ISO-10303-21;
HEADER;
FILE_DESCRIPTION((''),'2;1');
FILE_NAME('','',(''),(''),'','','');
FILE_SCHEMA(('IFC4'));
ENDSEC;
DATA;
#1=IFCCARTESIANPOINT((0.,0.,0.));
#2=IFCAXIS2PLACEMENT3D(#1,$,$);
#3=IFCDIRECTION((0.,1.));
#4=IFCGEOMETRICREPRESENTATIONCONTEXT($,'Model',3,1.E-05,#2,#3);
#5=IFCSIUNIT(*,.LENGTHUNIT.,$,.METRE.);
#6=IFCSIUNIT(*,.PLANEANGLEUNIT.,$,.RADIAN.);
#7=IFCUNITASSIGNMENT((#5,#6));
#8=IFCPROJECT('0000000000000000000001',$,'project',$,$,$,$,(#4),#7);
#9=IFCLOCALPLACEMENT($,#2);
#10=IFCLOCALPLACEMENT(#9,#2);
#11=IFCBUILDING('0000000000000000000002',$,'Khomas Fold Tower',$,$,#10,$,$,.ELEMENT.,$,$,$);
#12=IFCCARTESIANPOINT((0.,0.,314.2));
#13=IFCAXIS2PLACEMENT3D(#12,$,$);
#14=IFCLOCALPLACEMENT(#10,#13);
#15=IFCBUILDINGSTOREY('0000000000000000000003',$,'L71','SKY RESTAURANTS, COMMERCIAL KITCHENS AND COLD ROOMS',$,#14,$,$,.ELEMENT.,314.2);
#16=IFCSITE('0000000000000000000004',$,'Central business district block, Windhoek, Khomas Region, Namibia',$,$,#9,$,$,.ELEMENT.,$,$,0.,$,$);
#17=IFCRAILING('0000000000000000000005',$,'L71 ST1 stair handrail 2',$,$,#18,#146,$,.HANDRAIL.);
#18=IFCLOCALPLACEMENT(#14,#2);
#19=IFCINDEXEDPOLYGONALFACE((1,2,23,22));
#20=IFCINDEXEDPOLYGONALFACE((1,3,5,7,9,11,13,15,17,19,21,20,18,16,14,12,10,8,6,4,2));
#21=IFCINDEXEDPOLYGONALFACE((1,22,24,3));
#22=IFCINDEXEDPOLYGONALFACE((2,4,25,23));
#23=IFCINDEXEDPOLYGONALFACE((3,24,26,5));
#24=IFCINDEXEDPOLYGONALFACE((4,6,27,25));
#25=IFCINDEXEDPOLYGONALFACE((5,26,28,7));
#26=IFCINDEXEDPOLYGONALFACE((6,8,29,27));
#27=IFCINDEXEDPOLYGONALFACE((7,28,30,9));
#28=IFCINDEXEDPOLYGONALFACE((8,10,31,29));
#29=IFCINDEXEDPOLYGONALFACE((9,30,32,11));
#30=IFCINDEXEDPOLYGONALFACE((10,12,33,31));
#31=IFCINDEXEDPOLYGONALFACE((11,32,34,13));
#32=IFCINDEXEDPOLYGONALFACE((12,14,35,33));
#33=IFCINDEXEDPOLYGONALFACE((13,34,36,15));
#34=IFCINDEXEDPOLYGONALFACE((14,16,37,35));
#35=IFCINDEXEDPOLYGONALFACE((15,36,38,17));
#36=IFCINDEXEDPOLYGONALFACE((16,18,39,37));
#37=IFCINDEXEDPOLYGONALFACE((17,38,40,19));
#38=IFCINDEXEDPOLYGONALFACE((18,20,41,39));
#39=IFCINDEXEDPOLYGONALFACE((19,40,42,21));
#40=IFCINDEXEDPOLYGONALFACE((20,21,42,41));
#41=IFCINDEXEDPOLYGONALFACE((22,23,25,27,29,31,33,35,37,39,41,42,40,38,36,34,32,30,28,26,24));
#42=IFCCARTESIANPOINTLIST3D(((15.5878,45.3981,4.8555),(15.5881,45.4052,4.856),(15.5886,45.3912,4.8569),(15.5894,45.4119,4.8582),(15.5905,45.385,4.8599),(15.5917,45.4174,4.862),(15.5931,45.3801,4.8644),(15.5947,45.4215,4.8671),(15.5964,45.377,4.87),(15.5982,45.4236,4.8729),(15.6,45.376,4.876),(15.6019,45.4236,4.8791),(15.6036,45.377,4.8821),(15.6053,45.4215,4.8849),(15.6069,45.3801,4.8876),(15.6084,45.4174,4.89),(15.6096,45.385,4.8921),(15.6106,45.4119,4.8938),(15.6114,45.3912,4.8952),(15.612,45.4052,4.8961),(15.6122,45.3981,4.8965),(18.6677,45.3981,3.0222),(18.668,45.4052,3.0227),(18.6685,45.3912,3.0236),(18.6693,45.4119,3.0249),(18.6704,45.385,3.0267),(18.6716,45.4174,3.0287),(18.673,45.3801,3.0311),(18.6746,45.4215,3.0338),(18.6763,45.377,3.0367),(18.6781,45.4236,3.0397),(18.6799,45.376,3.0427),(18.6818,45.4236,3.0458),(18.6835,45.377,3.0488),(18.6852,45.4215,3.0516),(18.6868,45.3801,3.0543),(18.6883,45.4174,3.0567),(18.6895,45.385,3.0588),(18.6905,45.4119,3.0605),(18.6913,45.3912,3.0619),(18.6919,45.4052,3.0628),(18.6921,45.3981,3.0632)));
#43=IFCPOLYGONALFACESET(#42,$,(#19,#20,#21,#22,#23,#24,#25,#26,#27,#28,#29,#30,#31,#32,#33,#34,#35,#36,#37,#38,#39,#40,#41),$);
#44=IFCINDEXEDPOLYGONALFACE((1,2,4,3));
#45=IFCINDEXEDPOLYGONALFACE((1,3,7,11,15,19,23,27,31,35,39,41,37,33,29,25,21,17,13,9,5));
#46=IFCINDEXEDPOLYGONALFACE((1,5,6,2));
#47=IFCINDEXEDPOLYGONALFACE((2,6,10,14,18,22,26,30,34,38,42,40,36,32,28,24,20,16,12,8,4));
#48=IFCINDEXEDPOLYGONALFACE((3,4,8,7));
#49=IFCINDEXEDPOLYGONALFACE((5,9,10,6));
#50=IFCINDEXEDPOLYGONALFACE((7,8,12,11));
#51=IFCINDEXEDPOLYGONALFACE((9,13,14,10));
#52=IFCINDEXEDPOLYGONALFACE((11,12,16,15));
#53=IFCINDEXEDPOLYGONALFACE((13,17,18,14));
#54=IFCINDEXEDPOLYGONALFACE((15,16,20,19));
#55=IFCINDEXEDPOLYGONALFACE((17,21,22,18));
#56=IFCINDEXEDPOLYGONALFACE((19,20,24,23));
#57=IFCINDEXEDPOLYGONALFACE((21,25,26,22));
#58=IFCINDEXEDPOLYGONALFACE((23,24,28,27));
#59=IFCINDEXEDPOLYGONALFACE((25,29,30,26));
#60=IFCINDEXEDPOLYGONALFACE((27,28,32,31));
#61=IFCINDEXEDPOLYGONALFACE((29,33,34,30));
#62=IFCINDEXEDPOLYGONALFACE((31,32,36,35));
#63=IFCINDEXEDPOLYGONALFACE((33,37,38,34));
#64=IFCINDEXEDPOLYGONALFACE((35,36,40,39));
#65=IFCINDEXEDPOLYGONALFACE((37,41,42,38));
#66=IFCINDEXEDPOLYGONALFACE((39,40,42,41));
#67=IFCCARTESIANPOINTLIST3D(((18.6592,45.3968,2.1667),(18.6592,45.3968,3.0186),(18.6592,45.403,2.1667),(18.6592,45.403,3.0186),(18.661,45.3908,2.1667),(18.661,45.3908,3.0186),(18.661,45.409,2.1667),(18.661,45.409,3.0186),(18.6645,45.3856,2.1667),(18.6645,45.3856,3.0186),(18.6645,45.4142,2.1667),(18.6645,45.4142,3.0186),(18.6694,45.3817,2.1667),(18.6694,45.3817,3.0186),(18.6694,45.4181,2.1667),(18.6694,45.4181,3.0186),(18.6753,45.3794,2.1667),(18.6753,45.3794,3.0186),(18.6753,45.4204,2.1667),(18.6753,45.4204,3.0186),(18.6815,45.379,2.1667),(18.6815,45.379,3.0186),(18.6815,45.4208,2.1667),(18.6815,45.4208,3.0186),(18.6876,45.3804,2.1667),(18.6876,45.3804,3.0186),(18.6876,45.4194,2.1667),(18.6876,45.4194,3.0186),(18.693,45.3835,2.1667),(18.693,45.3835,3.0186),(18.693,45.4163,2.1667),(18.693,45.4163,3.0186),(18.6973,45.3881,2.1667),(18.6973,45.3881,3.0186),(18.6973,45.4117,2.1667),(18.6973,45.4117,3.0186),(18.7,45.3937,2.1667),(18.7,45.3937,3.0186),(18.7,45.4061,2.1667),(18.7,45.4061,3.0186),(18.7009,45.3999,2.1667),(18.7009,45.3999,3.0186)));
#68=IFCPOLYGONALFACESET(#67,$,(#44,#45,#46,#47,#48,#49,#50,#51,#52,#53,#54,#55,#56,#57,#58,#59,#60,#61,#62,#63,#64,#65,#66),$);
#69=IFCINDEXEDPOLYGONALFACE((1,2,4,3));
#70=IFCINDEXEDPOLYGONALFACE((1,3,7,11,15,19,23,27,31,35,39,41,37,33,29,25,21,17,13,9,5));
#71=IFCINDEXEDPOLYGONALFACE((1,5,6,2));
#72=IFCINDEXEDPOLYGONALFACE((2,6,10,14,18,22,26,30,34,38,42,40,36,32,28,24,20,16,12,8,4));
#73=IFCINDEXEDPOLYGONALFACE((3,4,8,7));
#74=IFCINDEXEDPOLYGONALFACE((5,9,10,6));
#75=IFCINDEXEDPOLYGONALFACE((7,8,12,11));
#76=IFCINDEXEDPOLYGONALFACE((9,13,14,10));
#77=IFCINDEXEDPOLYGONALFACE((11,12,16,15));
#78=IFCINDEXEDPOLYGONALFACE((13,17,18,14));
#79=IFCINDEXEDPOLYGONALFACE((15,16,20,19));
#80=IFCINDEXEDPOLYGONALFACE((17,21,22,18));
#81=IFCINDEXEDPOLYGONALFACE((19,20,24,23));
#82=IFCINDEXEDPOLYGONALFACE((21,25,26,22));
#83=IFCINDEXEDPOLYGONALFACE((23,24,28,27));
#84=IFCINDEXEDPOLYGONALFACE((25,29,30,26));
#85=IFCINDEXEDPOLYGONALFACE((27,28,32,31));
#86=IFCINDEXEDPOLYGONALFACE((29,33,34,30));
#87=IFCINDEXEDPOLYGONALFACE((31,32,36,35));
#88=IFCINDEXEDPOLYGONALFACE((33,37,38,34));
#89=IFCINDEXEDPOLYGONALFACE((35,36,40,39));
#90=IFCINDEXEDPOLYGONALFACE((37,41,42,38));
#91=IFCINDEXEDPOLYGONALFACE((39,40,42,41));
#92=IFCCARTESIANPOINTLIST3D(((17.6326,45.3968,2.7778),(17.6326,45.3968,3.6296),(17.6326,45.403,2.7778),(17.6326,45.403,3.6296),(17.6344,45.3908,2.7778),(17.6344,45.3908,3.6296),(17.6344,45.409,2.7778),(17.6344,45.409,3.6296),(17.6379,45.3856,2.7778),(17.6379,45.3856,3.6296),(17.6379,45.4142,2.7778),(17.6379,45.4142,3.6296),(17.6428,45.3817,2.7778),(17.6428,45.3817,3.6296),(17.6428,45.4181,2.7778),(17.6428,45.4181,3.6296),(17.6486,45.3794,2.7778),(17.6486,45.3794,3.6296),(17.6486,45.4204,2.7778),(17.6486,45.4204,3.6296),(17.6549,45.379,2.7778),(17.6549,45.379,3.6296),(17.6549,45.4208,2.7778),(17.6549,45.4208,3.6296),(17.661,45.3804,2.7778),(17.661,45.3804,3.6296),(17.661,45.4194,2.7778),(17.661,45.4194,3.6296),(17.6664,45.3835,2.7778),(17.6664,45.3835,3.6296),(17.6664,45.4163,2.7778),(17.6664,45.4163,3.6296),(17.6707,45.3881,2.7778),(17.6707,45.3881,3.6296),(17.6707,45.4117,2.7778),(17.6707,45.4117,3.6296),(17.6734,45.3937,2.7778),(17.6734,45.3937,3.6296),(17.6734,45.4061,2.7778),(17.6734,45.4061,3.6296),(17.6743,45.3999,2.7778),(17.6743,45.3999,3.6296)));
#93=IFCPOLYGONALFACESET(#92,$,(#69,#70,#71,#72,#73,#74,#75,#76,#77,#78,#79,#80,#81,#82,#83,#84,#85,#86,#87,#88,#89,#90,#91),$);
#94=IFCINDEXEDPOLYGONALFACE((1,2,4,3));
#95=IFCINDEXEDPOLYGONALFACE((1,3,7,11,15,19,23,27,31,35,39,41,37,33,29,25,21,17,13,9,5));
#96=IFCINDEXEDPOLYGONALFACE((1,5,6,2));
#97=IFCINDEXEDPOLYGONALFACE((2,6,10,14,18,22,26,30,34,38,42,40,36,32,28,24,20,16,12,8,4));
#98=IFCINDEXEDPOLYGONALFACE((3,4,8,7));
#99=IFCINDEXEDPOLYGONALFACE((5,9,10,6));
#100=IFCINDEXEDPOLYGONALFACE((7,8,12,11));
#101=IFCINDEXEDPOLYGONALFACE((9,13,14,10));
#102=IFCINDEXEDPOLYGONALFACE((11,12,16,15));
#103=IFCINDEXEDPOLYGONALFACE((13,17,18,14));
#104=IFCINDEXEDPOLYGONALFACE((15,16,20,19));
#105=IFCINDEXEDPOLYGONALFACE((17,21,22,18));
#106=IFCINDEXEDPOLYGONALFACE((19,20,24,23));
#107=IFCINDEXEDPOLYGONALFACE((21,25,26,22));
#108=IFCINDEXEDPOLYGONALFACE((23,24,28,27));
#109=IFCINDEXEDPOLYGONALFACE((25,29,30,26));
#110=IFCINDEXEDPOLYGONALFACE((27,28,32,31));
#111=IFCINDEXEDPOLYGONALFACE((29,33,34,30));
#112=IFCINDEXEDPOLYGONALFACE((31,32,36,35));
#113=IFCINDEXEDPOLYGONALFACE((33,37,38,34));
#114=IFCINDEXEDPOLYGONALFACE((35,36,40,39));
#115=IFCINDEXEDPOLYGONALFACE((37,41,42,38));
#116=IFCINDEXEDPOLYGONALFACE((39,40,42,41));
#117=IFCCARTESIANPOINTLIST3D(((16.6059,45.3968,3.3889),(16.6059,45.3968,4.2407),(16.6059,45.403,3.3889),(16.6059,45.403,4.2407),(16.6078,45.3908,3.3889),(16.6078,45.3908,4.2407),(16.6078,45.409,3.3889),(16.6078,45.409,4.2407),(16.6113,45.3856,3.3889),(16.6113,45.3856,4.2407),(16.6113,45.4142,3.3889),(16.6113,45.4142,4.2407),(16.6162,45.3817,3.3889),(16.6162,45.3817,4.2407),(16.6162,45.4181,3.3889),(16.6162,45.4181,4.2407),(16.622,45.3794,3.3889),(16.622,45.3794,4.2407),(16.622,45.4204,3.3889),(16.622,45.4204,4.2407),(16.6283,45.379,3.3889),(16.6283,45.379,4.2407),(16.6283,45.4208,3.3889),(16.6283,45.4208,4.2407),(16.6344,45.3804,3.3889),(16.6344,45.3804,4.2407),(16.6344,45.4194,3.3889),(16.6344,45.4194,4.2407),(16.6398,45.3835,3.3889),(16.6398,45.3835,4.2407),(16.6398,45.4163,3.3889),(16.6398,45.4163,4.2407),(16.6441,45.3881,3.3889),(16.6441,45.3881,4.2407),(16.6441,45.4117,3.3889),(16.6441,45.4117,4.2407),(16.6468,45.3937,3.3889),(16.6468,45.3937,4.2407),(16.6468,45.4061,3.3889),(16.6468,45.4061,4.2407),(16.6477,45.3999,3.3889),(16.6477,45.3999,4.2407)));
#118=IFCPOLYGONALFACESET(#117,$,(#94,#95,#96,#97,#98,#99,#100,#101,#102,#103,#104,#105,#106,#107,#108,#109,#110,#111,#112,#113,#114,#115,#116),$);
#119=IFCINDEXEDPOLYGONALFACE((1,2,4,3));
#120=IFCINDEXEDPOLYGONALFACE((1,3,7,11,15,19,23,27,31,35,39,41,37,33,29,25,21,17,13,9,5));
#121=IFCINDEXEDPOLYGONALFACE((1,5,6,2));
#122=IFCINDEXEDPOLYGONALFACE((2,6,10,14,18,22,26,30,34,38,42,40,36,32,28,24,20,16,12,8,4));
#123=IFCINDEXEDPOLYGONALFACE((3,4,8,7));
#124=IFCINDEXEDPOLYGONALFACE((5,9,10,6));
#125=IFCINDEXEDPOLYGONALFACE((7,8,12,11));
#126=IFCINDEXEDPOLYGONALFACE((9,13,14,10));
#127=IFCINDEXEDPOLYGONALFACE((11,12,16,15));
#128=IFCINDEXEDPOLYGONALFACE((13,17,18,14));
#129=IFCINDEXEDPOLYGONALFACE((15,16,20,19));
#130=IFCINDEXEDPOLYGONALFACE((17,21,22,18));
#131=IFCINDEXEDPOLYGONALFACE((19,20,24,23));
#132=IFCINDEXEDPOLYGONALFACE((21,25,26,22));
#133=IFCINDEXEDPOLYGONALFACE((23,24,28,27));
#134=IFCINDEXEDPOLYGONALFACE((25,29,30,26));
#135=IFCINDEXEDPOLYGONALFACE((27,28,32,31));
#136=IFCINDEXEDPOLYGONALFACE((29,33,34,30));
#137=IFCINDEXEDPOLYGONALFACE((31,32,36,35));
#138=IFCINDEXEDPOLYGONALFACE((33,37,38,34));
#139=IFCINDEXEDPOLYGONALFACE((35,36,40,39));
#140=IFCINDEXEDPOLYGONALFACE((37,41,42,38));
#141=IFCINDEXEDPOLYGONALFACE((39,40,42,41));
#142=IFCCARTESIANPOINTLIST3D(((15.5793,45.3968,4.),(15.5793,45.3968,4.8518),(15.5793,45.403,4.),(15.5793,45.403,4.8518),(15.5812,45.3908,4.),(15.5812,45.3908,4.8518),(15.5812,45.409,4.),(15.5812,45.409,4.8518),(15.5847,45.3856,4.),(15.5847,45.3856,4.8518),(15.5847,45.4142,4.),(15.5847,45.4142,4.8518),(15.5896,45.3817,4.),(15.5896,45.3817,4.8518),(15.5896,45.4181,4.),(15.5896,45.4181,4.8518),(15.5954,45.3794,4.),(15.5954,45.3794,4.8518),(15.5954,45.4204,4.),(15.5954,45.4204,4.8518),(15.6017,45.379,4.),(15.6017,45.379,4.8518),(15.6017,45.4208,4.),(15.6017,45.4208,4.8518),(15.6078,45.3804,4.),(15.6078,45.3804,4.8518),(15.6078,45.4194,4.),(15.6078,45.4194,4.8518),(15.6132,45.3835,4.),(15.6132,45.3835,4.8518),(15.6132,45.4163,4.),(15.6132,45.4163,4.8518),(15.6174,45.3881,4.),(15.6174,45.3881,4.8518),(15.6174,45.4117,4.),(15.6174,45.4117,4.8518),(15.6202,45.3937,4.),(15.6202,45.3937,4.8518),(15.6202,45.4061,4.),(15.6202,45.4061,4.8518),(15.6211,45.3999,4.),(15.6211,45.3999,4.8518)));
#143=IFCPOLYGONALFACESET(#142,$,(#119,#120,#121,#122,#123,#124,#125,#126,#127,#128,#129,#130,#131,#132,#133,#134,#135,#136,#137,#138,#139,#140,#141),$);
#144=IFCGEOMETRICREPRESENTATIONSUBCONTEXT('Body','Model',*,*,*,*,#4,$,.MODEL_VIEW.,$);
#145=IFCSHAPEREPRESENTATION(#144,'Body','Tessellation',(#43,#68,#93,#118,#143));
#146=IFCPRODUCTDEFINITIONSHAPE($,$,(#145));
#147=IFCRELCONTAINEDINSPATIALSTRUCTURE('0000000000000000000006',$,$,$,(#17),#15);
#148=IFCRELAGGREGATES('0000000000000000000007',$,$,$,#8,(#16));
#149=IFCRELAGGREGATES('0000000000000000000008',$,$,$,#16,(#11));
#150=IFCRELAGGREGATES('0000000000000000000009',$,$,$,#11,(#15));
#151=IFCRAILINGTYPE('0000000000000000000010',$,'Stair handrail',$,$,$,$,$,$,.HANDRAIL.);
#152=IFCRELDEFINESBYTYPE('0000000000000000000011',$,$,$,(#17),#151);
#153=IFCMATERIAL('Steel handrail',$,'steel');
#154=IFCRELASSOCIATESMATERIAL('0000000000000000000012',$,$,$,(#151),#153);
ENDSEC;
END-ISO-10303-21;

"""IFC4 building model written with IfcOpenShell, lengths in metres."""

from ifc_helpers import new_model, si_unit, direction, frame, origin, origin_2d, place, context, subcontext, project, spatial, circle, extrude, source, transform, mapped, material, type_object, element, save


model = new_model("IFC4")

# Units and contexts
model_context = context("Model", 3, precision=1e-05, world=origin(), true_north=direction((0.0, 1.0)))
body_context = subcontext(model_context, "Body", "Model", "MODEL_VIEW")
ifc_project = project(units=[si_unit("LENGTHUNIT", "METRE"), si_unit("PLANEANGLEUNIT", "RADIAN")], contexts=[model_context])

# Site, building, storey
site_placement = place(None, origin())
site = spatial("IfcSite", under=ifc_project, at=site_placement, Name="Central business district block, Windhoek, Khomas Region, Namibia", CompositionType="ELEMENT", RefElevation=0.0)
building_placement = place(site_placement, origin())
building = spatial("IfcBuilding", under=site, at=building_placement, Name="Khomas Fold Tower", CompositionType="ELEMENT")
storey_placement = place(building_placement, frame((0.0, 0.0, 314.2)))
storey = spatial("IfcBuildingStorey", under=building, at=storey_placement, Name="L71", Description="SKY RESTAURANTS, COMMERCIAL KITCHENS AND COLD ROOMS", CompositionType="ELEMENT", Elevation=314.2)

# Railing
ifc_material_1 = material(Name="Steel handrail", Category="steel")
railing_type_1 = type_object("IfcRailingType", Name="Stair handrail", PredefinedType="HANDRAIL", material=ifc_material_1)
shared_shape_1 = source(origin(), body_context, "Body", "SweptSolid", [
    extrude(circle(Radius=0.0239, at=origin_2d()), frame((0.0, 0.0, 0.876), z_axis=(-0.859291, 0.0, 0.511487), x_axis=(0.0, -1.0, 0.0)), (0.0, 0.0, 1.0), 3.5842),
    extrude(circle(Radius=0.021, at=origin_2d()), origin(), (0.0, 0.0, 1.0), 0.8518),
    extrude(circle(Radius=0.021, at=origin_2d()), frame((-1.0266, 0.0, 0.6111)), (0.0, 0.0, 1.0), 0.8518),
    extrude(circle(Radius=0.021, at=origin_2d()), frame((-2.0532, 0.0, 1.2222)), (0.0, 0.0, 1.0), 0.8518),
    extrude(circle(Radius=0.021, at=origin_2d()), frame((-3.0798, 0.0, 1.8333)), (0.0, 0.0, 1.0), 0.8518),
])
railing_1_placement = place(storey_placement, frame((18.6799, 45.3999, 2.1667)))
element("IfcRailing", 1, at=railing_1_placement, inside=storey, type_object=railing_type_1, Name="L71 ST1 stair handrail 2", PredefinedType="HANDRAIL", context=body_context, shape_type="MappedRepresentation", body=[
    mapped(shared_shape_1, transform((0.0, 0.0, 0.0))),
])

save(model, "model.ifc")
